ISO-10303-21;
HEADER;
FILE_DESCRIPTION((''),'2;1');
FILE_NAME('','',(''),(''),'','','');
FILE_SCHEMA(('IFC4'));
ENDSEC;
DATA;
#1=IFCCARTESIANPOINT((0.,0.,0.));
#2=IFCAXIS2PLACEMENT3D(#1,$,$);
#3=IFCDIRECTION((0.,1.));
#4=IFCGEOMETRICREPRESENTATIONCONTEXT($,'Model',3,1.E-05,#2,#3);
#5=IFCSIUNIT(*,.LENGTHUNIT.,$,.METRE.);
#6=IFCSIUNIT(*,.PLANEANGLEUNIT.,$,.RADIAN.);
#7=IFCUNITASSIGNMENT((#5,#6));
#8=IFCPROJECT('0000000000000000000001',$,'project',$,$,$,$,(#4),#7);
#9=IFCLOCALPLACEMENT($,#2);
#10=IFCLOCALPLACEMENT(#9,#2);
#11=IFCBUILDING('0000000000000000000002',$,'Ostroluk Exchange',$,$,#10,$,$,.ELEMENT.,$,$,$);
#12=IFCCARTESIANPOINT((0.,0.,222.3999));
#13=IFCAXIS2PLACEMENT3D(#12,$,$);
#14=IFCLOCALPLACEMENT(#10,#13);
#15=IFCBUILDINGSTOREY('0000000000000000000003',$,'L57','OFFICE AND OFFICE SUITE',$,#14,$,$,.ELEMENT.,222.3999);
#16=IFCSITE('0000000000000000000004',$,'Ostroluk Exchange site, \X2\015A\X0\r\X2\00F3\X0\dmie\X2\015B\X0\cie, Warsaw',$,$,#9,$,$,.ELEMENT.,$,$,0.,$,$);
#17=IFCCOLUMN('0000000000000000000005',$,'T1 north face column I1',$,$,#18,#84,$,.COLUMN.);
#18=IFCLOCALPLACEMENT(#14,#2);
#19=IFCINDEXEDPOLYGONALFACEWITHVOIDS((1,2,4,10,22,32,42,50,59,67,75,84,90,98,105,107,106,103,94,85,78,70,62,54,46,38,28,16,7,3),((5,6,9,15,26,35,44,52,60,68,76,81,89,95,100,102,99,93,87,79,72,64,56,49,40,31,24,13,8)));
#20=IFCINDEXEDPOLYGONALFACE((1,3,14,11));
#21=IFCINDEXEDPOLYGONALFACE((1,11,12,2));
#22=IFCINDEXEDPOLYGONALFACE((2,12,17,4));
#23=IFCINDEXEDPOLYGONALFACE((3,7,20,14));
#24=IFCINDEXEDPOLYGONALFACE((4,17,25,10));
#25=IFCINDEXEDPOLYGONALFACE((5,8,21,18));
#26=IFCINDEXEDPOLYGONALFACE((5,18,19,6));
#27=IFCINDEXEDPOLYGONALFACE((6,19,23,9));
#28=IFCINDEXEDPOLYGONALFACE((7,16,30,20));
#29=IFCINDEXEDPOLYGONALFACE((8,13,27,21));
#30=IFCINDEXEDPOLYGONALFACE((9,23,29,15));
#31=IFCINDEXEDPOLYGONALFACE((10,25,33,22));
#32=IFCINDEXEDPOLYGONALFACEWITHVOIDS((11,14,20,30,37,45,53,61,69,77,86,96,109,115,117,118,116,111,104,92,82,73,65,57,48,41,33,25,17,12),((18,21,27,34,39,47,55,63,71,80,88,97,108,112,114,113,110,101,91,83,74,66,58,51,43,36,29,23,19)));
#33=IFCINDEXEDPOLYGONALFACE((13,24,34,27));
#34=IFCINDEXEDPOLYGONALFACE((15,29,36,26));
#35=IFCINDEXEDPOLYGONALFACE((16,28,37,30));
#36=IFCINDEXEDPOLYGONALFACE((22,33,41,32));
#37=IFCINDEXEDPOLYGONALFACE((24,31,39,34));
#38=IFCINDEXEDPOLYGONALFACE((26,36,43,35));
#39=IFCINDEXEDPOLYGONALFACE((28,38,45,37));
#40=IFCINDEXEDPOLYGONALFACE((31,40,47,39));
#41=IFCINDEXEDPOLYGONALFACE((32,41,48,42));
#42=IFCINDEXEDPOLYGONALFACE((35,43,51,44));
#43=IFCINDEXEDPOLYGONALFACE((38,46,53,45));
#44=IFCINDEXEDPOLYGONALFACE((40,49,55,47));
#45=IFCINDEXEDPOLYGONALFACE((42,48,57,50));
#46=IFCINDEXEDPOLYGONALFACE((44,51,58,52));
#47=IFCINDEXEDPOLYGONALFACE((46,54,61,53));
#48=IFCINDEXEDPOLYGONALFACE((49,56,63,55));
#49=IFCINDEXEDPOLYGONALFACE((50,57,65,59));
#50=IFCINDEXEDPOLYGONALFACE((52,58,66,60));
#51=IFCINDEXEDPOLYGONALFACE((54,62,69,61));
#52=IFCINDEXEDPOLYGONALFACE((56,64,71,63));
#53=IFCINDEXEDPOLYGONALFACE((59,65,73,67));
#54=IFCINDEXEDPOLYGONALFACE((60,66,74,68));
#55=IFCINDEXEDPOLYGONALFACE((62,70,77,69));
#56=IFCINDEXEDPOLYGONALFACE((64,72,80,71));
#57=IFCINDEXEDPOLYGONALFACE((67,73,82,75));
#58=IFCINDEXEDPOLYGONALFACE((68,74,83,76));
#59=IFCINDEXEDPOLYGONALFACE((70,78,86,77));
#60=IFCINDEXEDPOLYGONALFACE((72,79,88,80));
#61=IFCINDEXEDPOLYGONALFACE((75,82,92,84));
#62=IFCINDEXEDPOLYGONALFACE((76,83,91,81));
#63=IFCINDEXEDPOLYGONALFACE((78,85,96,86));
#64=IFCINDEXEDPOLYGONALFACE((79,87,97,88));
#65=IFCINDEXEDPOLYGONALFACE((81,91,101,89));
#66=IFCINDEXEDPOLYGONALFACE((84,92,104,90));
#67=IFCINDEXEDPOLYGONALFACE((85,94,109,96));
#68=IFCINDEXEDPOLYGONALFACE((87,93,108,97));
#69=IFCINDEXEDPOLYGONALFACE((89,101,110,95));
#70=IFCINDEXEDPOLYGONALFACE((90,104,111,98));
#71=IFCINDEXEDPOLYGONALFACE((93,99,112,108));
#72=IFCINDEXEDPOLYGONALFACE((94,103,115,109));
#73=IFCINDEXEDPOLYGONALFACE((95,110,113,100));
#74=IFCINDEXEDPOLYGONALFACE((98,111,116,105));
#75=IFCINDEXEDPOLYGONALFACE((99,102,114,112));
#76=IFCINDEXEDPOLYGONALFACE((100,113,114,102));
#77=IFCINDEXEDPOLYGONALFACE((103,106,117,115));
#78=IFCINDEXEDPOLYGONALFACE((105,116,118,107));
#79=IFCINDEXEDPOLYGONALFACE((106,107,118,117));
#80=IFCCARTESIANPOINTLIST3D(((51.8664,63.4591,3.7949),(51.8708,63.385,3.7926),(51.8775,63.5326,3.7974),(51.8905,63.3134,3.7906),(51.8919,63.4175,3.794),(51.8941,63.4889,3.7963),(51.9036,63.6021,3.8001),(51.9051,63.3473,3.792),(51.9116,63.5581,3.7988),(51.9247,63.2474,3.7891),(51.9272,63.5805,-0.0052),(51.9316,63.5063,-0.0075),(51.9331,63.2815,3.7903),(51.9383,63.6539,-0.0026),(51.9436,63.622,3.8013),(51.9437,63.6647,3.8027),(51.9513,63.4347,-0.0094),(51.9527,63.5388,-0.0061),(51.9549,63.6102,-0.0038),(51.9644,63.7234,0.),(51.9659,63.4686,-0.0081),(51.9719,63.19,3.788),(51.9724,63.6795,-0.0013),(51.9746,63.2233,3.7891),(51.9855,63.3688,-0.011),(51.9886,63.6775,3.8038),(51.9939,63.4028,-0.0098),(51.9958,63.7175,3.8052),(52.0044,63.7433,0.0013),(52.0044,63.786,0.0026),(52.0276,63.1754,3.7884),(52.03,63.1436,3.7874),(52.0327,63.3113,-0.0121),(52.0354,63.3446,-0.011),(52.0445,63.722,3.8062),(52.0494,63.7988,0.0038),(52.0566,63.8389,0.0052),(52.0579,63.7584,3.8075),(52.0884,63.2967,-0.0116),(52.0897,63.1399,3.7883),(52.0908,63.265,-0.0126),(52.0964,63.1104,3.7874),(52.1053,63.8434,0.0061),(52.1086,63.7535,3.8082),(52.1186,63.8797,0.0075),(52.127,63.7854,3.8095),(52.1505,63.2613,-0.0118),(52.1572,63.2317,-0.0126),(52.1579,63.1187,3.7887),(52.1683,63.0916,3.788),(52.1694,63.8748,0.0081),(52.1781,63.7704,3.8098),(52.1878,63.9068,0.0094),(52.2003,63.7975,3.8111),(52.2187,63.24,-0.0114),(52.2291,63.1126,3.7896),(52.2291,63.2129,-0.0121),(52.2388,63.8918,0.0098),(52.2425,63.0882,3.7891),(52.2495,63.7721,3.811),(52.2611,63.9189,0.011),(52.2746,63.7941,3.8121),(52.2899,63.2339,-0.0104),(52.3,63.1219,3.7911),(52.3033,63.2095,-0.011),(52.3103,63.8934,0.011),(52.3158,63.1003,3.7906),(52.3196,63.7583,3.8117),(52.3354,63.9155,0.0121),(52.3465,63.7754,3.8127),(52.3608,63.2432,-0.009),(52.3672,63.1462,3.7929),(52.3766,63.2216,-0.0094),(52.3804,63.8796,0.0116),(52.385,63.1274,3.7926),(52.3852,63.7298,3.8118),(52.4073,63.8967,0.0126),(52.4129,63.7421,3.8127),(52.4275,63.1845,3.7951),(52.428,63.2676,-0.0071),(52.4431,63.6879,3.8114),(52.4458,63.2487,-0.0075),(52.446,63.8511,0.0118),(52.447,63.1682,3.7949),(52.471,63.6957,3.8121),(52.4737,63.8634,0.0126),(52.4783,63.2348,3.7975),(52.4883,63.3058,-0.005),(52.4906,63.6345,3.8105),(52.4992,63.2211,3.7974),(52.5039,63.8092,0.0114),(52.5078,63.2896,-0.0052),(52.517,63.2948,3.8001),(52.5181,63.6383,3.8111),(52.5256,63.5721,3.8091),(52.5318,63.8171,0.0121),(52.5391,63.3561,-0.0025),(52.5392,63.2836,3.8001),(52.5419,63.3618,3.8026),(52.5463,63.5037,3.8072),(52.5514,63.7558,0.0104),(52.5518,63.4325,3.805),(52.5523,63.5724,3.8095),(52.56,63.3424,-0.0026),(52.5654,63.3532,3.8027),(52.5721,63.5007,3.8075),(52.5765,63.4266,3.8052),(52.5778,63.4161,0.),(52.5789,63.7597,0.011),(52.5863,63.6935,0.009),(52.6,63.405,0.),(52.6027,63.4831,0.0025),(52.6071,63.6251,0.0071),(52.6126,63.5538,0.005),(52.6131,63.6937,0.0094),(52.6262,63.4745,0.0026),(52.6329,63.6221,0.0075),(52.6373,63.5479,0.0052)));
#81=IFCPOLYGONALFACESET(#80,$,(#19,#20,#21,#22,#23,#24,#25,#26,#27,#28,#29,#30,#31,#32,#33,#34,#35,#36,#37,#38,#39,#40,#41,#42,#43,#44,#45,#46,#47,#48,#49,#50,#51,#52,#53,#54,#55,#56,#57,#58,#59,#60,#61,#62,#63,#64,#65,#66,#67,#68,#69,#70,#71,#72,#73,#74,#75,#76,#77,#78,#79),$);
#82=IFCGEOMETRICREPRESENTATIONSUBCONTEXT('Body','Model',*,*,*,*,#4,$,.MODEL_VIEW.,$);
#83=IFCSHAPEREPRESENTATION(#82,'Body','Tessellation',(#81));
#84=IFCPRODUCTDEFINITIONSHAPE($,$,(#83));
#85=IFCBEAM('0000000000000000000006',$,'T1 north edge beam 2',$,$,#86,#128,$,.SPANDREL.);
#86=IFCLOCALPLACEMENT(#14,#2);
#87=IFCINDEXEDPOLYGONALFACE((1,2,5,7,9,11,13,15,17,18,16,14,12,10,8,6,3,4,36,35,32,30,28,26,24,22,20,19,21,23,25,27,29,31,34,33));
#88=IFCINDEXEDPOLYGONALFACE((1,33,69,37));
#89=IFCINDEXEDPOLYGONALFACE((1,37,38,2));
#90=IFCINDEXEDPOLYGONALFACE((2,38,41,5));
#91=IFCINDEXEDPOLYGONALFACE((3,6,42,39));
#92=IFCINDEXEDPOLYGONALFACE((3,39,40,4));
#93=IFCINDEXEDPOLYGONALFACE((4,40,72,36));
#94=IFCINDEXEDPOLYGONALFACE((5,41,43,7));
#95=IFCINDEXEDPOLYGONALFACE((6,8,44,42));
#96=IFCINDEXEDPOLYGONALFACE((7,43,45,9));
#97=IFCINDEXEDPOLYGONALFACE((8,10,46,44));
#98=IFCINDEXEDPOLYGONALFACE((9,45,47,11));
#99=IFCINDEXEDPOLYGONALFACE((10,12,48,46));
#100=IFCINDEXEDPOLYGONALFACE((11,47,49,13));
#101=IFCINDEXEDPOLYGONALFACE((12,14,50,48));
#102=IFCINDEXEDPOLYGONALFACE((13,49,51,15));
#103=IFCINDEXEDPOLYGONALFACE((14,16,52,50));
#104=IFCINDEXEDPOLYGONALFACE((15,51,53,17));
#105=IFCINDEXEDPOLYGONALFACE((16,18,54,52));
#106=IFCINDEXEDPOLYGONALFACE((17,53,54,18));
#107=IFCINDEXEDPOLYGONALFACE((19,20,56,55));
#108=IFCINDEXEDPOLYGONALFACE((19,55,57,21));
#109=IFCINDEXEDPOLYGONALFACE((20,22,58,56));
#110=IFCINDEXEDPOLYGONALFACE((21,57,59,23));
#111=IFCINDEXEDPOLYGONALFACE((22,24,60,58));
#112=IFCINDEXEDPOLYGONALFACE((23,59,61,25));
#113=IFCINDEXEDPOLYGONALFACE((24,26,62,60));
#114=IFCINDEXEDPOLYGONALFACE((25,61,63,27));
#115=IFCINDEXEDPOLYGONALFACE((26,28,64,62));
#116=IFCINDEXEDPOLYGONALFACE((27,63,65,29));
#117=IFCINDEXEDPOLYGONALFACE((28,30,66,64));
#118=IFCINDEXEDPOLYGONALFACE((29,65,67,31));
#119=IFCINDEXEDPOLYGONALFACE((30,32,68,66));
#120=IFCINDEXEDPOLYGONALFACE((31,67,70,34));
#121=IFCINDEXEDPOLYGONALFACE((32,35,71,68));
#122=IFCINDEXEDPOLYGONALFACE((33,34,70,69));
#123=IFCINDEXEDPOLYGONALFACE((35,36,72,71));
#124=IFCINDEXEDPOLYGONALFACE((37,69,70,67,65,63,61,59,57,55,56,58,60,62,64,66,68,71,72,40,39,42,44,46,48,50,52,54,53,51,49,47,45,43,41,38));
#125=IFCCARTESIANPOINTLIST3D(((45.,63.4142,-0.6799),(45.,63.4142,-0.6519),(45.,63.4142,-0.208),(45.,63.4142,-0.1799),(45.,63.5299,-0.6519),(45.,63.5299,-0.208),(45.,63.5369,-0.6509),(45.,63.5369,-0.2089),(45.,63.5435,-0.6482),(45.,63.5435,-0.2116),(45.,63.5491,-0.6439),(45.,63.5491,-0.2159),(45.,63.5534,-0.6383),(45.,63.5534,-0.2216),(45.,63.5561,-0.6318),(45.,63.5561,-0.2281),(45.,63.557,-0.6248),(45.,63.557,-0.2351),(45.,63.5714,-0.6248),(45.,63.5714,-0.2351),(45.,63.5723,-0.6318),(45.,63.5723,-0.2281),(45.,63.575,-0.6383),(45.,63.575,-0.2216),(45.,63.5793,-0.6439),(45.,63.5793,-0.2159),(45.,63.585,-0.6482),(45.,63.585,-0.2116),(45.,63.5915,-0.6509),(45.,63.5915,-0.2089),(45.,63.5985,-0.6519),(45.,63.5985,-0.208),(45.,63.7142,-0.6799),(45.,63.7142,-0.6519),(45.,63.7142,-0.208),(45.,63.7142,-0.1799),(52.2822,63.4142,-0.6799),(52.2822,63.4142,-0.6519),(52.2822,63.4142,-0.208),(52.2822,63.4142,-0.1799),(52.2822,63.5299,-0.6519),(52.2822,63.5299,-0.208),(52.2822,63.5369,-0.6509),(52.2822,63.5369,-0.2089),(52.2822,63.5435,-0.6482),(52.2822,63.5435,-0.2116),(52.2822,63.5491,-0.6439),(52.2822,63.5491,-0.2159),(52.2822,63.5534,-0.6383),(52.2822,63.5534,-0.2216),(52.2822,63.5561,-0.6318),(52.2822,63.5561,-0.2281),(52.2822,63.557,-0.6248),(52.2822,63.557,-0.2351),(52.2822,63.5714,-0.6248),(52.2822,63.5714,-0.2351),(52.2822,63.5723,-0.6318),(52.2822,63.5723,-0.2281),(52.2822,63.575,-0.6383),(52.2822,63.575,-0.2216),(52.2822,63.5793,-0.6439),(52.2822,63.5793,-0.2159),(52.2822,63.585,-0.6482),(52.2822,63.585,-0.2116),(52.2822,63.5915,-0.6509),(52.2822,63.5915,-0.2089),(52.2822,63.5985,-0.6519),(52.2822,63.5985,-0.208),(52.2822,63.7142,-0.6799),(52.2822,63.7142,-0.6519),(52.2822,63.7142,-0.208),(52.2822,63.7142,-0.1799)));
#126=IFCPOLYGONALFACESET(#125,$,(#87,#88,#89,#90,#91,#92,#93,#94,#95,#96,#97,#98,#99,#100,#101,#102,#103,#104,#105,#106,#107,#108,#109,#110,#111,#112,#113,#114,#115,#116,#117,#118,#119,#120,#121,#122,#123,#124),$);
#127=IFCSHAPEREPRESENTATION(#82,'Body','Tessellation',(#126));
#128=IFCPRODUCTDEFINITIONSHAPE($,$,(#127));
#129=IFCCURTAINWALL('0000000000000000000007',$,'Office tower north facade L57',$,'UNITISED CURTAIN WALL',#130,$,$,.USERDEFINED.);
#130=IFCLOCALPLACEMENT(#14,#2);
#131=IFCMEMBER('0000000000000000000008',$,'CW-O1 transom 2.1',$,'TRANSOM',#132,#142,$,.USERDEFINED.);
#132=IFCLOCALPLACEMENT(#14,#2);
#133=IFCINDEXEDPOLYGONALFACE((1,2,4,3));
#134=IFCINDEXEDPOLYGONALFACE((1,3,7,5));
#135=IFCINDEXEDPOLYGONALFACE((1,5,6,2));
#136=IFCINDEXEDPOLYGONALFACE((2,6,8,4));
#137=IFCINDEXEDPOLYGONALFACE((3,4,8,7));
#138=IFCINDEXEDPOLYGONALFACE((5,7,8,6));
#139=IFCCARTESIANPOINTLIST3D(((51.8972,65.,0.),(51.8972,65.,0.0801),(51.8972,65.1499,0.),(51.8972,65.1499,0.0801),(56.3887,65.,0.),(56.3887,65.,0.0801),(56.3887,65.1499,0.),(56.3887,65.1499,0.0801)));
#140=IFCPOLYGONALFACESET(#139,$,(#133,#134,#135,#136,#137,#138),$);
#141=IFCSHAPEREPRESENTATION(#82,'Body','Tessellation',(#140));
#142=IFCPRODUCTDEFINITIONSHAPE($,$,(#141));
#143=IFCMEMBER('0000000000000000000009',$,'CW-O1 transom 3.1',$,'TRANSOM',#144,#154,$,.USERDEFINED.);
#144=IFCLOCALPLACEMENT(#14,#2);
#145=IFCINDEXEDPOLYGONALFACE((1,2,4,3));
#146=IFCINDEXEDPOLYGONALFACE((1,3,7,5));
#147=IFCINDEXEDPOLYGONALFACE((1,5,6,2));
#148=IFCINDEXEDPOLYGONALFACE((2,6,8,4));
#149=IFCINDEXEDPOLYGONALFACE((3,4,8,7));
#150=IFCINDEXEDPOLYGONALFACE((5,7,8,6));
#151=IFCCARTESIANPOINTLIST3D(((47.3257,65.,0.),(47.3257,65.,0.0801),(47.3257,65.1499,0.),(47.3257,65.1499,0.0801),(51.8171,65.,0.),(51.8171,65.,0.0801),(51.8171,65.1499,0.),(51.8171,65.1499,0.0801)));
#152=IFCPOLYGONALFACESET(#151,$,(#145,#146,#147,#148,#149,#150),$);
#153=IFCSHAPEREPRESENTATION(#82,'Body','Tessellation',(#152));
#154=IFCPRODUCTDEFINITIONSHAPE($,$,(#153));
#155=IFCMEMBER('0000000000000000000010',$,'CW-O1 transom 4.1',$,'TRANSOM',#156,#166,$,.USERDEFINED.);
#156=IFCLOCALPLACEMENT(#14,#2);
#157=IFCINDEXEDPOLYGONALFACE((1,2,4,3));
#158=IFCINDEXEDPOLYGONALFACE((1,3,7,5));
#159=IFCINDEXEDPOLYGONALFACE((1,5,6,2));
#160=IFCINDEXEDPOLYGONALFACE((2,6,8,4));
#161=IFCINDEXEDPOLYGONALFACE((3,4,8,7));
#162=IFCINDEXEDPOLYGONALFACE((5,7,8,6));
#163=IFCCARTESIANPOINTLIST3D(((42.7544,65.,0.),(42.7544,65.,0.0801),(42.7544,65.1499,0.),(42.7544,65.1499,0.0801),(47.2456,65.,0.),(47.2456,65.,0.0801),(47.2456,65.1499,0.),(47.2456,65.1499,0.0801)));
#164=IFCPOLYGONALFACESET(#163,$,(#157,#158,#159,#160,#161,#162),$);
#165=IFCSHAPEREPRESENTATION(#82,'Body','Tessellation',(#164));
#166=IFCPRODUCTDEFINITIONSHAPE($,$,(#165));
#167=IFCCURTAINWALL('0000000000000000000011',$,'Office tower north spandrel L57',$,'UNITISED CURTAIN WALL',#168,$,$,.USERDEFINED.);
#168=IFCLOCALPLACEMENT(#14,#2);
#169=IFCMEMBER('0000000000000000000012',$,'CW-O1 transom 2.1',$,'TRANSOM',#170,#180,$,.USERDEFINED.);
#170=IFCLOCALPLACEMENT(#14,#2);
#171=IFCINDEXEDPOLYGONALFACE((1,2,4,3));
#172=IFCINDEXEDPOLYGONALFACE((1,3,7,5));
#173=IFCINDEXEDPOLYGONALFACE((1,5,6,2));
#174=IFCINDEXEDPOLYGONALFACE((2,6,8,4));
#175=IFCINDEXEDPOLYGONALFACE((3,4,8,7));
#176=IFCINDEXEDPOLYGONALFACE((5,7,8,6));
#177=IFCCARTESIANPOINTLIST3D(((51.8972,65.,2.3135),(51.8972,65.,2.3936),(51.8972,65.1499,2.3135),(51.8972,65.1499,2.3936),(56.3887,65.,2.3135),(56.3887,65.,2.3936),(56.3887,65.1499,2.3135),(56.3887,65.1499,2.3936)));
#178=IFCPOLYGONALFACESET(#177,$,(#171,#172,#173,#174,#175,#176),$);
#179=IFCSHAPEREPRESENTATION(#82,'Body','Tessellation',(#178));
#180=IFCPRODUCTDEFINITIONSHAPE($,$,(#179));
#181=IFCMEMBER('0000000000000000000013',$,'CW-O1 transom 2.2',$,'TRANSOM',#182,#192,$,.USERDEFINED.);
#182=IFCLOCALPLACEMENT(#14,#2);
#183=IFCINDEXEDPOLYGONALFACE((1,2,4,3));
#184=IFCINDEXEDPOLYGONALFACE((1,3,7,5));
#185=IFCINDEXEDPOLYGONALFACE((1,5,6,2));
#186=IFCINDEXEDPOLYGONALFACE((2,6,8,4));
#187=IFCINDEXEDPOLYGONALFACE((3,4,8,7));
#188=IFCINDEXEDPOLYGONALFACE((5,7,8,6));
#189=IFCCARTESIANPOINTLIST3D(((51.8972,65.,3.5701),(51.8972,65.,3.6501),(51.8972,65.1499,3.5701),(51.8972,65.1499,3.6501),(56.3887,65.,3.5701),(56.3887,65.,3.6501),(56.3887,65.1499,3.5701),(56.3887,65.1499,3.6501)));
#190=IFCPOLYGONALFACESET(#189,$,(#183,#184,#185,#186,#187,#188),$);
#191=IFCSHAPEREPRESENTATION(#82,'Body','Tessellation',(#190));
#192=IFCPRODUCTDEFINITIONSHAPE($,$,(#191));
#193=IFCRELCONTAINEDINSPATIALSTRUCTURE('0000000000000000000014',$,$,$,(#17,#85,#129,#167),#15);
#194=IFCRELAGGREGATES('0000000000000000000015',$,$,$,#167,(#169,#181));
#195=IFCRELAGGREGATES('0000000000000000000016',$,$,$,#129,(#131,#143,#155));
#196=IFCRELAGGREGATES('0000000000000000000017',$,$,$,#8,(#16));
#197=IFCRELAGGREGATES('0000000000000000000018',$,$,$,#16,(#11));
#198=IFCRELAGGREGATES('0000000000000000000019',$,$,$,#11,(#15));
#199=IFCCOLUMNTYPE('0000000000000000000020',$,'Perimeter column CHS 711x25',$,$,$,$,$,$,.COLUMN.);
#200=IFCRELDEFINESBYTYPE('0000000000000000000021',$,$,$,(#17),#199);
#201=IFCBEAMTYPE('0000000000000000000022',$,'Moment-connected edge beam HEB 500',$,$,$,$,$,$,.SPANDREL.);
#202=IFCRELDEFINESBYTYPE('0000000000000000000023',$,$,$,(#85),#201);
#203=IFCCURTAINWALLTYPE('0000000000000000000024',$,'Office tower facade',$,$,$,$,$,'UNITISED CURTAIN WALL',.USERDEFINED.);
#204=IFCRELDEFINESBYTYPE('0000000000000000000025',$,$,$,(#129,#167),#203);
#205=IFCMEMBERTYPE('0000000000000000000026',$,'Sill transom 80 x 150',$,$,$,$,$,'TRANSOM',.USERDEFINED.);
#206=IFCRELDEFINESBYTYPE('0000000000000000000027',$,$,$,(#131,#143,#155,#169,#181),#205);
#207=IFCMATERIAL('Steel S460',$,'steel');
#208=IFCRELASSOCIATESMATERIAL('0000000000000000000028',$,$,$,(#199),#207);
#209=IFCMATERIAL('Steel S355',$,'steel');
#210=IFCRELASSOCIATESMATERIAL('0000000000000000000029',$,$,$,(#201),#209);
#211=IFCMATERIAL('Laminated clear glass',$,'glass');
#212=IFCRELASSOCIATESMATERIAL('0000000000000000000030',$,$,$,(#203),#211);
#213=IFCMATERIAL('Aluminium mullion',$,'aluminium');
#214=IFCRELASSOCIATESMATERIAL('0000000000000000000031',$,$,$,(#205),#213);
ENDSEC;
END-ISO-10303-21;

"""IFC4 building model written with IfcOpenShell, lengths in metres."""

from ifc_helpers import new_model, si_unit, direction, frame, origin, origin_2d, place, context, subcontext, project, spatial, rectangle, hollow_circle, i_section, extrude, material, material_profile, profile_set, type_object, element, aggregate, save


model = new_model("IFC4")

# Units and contexts
model_context = context("Model", 3, precision=1e-05, world=origin(), true_north=direction((0.0, 1.0)))
body_context = subcontext(model_context, "Body", "Model", "MODEL_VIEW")
ifc_project = project(units=[si_unit("LENGTHUNIT", "METRE"), si_unit("PLANEANGLEUNIT", "RADIAN")], contexts=[model_context])

# Site, building, storey
site_placement = place(None, origin())
site = spatial("IfcSite", under=ifc_project, at=site_placement, Name="Ostroluk Exchange site, Śródmieście, Warsaw", CompositionType="ELEMENT", RefElevation=0.0)
building_placement = place(site_placement, origin())
building = spatial("IfcBuilding", under=site, at=building_placement, Name="Ostroluk Exchange", CompositionType="ELEMENT")
storey_placement = place(building_placement, frame((0.0, 0.0, 222.3999)))
storey = spatial("IfcBuildingStorey", under=building, at=storey_placement, Name="L57", Description="OFFICE AND OFFICE SUITE", CompositionType="ELEMENT", Elevation=222.3999)

# Column
ifc_material_1 = material(Name="Steel S460", Category="steel")
ifc_material_profile_1 = material_profile(ifc_material_1, hollow_circle(Radius=0.3555, WallThickness=0.0249, at=origin_2d()), Name="CHS 711x25")
ifc_profile_set_1 = profile_set([ifc_material_profile_1], Name="Steel S460")
column_type = type_object("IfcColumnType", Name="Perimeter column CHS 711x25", PredefinedType="COLUMN", material=ifc_profile_set_1)
column_placement = place(storey_placement, frame((52.2822, 63.5642, 0.0), z_axis=(-0.015987, -0.03191, 0.999363), x_axis=(0.894067, -0.447933, 0.0)))
element("IfcColumn", 1, at=column_placement, inside=storey, type_object=column_type, Name="T1 north face column I1", PredefinedType="COLUMN", context=body_context, shape_type="SweptSolid", body=[
    extrude(hollow_circle(Radius=0.3555, WallThickness=0.0249, at=origin_2d()), origin(), (0.0, 0.0, 1.0), 3.8025),
])

# Beam
ifc_material_2 = material(Name="Steel S355", Category="steel")
ifc_material_profile_2 = material_profile(ifc_material_2, i_section(OverallWidth=0.3, OverallDepth=0.5, WebThickness=0.0144, FlangeThickness=0.0281, FilletRadius=0.0271, at=origin_2d()), Name="HEB 500")
ifc_profile_set_2 = profile_set([ifc_material_profile_2], Name="Steel S355")
beam_type = type_object("IfcBeamType", Name="Moment-connected edge beam HEB 500", PredefinedType="SPANDREL", material=ifc_profile_set_2)
beam_placement = place(storey_placement, frame((52.2822, 63.5642, -0.4299), z_axis=(-1.0, 0.0, 0.0), x_axis=(0.0, -1.0, 0.0)))
element("IfcBeam", 2, at=beam_placement, inside=storey, type_object=beam_type, Name="T1 north edge beam 2", PredefinedType="SPANDREL", context=body_context, shape_type="SweptSolid", body=[
    extrude(i_section(OverallWidth=0.3, OverallDepth=0.5, WebThickness=0.0144, FlangeThickness=0.0281, FilletRadius=0.0271, at=origin_2d()), origin(), (0.0, 0.0, 1.0), 7.2822),
])

# Curtain walls, members
ifc_material_3 = material(Name="Laminated clear glass", Category="glass")
curtain_wall_type = type_object("IfcCurtainWallType", Name="Office tower facade", ElementType="UNITISED CURTAIN WALL", PredefinedType="USERDEFINED", material=ifc_material_3)
curtain_wall_1_placement = place(storey_placement, origin())
curtain_wall_1 = element("IfcCurtainWall", 3, at=curtain_wall_1_placement, inside=storey, type_object=curtain_wall_type, Name="Office tower north facade L57", ObjectType="UNITISED CURTAIN WALL", PredefinedType="USERDEFINED")
ifc_material_4 = material(Name="Aluminium mullion", Category="aluminium")
ifc_material_profile_3 = material_profile(ifc_material_4, rectangle(XDim=0.1499, YDim=0.0801, at=origin_2d()), Name="Sill transom 80 x 150")
ifc_profile_set_3 = profile_set([ifc_material_profile_3], Name="Aluminium mullion")
member_type_1 = type_object("IfcMemberType", Name="Sill transom 80 x 150", ElementType="TRANSOM", PredefinedType="USERDEFINED", material=ifc_profile_set_3)
member_1_placement = place(storey_placement, frame((56.3887, 65.075, 0.04), z_axis=(-1.0, 0.0, 0.0), x_axis=(0.0, -1.0, 0.0)))
member_1 = element("IfcMember", 4, at=member_1_placement, type_object=member_type_1, Name="CW-O1 transom 2.1", ObjectType="TRANSOM", PredefinedType="USERDEFINED", context=body_context, shape_type="SweptSolid", body=[
    extrude(rectangle(XDim=0.1499, YDim=0.0801, at=origin_2d()), origin(), (0.0, 0.0, 1.0), 4.4915),
])
member_2_placement = place(storey_placement, frame((51.8171, 65.075, 0.04), z_axis=(-1.0, 0.0, 0.0), x_axis=(0.0, -1.0, 0.0)))
member_2 = element("IfcMember", 5, at=member_2_placement, type_object=member_type_1, Name="CW-O1 transom 3.1", ObjectType="TRANSOM", PredefinedType="USERDEFINED", context=body_context, shape_type="SweptSolid", body=[
    extrude(rectangle(XDim=0.1499, YDim=0.0801, at=origin_2d()), origin(), (0.0, 0.0, 1.0), 4.4915),
])
member_3_placement = place(storey_placement, frame((47.2456, 65.075, 0.04), z_axis=(-1.0, 0.0, 0.0), x_axis=(0.0, -1.0, 0.0)))
member_3 = element("IfcMember", 6, at=member_3_placement, type_object=member_type_1, Name="CW-O1 transom 4.1", ObjectType="TRANSOM", PredefinedType="USERDEFINED", context=body_context, shape_type="SweptSolid", body=[
    extrude(rectangle(XDim=0.1499, YDim=0.0801, at=origin_2d()), origin(), (0.0, 0.0, 1.0), 4.4912),
])
curtain_wall_2_placement = place(storey_placement, origin())
curtain_wall_2 = element("IfcCurtainWall", 7, at=curtain_wall_2_placement, inside=storey, type_object=curtain_wall_type, Name="Office tower north spandrel L57", ObjectType="UNITISED CURTAIN WALL", PredefinedType="USERDEFINED")
member_4_placement = place(storey_placement, frame((56.3887, 65.075, 2.3535), z_axis=(-1.0, 0.0, 0.0), x_axis=(0.0, -1.0, 0.0)))
member_4 = element("IfcMember", 8, at=member_4_placement, type_object=member_type_1, Name="CW-O1 transom 2.1", ObjectType="TRANSOM", PredefinedType="USERDEFINED", context=body_context, shape_type="SweptSolid", body=[
    extrude(rectangle(XDim=0.1499, YDim=0.0801, at=origin_2d()), origin(), (0.0, 0.0, 1.0), 4.4915),
])
member_5_placement = place(storey_placement, frame((56.3887, 65.075, 3.6101), z_axis=(-1.0, 0.0, 0.0), x_axis=(0.0, -1.0, 0.0)))
member_5 = element("IfcMember", 9, at=member_5_placement, type_object=member_type_1, Name="CW-O1 transom 2.2", ObjectType="TRANSOM", PredefinedType="USERDEFINED", context=body_context, shape_type="SweptSolid", body=[
    extrude(rectangle(XDim=0.1499, YDim=0.0801, at=origin_2d()), origin(), (0.0, 0.0, 1.0), 4.4915),
])

aggregate(curtain_wall_2, [member_4, member_5])
aggregate(curtain_wall_1, [member_1, member_2, member_3])

save(model, "model.ifc")
